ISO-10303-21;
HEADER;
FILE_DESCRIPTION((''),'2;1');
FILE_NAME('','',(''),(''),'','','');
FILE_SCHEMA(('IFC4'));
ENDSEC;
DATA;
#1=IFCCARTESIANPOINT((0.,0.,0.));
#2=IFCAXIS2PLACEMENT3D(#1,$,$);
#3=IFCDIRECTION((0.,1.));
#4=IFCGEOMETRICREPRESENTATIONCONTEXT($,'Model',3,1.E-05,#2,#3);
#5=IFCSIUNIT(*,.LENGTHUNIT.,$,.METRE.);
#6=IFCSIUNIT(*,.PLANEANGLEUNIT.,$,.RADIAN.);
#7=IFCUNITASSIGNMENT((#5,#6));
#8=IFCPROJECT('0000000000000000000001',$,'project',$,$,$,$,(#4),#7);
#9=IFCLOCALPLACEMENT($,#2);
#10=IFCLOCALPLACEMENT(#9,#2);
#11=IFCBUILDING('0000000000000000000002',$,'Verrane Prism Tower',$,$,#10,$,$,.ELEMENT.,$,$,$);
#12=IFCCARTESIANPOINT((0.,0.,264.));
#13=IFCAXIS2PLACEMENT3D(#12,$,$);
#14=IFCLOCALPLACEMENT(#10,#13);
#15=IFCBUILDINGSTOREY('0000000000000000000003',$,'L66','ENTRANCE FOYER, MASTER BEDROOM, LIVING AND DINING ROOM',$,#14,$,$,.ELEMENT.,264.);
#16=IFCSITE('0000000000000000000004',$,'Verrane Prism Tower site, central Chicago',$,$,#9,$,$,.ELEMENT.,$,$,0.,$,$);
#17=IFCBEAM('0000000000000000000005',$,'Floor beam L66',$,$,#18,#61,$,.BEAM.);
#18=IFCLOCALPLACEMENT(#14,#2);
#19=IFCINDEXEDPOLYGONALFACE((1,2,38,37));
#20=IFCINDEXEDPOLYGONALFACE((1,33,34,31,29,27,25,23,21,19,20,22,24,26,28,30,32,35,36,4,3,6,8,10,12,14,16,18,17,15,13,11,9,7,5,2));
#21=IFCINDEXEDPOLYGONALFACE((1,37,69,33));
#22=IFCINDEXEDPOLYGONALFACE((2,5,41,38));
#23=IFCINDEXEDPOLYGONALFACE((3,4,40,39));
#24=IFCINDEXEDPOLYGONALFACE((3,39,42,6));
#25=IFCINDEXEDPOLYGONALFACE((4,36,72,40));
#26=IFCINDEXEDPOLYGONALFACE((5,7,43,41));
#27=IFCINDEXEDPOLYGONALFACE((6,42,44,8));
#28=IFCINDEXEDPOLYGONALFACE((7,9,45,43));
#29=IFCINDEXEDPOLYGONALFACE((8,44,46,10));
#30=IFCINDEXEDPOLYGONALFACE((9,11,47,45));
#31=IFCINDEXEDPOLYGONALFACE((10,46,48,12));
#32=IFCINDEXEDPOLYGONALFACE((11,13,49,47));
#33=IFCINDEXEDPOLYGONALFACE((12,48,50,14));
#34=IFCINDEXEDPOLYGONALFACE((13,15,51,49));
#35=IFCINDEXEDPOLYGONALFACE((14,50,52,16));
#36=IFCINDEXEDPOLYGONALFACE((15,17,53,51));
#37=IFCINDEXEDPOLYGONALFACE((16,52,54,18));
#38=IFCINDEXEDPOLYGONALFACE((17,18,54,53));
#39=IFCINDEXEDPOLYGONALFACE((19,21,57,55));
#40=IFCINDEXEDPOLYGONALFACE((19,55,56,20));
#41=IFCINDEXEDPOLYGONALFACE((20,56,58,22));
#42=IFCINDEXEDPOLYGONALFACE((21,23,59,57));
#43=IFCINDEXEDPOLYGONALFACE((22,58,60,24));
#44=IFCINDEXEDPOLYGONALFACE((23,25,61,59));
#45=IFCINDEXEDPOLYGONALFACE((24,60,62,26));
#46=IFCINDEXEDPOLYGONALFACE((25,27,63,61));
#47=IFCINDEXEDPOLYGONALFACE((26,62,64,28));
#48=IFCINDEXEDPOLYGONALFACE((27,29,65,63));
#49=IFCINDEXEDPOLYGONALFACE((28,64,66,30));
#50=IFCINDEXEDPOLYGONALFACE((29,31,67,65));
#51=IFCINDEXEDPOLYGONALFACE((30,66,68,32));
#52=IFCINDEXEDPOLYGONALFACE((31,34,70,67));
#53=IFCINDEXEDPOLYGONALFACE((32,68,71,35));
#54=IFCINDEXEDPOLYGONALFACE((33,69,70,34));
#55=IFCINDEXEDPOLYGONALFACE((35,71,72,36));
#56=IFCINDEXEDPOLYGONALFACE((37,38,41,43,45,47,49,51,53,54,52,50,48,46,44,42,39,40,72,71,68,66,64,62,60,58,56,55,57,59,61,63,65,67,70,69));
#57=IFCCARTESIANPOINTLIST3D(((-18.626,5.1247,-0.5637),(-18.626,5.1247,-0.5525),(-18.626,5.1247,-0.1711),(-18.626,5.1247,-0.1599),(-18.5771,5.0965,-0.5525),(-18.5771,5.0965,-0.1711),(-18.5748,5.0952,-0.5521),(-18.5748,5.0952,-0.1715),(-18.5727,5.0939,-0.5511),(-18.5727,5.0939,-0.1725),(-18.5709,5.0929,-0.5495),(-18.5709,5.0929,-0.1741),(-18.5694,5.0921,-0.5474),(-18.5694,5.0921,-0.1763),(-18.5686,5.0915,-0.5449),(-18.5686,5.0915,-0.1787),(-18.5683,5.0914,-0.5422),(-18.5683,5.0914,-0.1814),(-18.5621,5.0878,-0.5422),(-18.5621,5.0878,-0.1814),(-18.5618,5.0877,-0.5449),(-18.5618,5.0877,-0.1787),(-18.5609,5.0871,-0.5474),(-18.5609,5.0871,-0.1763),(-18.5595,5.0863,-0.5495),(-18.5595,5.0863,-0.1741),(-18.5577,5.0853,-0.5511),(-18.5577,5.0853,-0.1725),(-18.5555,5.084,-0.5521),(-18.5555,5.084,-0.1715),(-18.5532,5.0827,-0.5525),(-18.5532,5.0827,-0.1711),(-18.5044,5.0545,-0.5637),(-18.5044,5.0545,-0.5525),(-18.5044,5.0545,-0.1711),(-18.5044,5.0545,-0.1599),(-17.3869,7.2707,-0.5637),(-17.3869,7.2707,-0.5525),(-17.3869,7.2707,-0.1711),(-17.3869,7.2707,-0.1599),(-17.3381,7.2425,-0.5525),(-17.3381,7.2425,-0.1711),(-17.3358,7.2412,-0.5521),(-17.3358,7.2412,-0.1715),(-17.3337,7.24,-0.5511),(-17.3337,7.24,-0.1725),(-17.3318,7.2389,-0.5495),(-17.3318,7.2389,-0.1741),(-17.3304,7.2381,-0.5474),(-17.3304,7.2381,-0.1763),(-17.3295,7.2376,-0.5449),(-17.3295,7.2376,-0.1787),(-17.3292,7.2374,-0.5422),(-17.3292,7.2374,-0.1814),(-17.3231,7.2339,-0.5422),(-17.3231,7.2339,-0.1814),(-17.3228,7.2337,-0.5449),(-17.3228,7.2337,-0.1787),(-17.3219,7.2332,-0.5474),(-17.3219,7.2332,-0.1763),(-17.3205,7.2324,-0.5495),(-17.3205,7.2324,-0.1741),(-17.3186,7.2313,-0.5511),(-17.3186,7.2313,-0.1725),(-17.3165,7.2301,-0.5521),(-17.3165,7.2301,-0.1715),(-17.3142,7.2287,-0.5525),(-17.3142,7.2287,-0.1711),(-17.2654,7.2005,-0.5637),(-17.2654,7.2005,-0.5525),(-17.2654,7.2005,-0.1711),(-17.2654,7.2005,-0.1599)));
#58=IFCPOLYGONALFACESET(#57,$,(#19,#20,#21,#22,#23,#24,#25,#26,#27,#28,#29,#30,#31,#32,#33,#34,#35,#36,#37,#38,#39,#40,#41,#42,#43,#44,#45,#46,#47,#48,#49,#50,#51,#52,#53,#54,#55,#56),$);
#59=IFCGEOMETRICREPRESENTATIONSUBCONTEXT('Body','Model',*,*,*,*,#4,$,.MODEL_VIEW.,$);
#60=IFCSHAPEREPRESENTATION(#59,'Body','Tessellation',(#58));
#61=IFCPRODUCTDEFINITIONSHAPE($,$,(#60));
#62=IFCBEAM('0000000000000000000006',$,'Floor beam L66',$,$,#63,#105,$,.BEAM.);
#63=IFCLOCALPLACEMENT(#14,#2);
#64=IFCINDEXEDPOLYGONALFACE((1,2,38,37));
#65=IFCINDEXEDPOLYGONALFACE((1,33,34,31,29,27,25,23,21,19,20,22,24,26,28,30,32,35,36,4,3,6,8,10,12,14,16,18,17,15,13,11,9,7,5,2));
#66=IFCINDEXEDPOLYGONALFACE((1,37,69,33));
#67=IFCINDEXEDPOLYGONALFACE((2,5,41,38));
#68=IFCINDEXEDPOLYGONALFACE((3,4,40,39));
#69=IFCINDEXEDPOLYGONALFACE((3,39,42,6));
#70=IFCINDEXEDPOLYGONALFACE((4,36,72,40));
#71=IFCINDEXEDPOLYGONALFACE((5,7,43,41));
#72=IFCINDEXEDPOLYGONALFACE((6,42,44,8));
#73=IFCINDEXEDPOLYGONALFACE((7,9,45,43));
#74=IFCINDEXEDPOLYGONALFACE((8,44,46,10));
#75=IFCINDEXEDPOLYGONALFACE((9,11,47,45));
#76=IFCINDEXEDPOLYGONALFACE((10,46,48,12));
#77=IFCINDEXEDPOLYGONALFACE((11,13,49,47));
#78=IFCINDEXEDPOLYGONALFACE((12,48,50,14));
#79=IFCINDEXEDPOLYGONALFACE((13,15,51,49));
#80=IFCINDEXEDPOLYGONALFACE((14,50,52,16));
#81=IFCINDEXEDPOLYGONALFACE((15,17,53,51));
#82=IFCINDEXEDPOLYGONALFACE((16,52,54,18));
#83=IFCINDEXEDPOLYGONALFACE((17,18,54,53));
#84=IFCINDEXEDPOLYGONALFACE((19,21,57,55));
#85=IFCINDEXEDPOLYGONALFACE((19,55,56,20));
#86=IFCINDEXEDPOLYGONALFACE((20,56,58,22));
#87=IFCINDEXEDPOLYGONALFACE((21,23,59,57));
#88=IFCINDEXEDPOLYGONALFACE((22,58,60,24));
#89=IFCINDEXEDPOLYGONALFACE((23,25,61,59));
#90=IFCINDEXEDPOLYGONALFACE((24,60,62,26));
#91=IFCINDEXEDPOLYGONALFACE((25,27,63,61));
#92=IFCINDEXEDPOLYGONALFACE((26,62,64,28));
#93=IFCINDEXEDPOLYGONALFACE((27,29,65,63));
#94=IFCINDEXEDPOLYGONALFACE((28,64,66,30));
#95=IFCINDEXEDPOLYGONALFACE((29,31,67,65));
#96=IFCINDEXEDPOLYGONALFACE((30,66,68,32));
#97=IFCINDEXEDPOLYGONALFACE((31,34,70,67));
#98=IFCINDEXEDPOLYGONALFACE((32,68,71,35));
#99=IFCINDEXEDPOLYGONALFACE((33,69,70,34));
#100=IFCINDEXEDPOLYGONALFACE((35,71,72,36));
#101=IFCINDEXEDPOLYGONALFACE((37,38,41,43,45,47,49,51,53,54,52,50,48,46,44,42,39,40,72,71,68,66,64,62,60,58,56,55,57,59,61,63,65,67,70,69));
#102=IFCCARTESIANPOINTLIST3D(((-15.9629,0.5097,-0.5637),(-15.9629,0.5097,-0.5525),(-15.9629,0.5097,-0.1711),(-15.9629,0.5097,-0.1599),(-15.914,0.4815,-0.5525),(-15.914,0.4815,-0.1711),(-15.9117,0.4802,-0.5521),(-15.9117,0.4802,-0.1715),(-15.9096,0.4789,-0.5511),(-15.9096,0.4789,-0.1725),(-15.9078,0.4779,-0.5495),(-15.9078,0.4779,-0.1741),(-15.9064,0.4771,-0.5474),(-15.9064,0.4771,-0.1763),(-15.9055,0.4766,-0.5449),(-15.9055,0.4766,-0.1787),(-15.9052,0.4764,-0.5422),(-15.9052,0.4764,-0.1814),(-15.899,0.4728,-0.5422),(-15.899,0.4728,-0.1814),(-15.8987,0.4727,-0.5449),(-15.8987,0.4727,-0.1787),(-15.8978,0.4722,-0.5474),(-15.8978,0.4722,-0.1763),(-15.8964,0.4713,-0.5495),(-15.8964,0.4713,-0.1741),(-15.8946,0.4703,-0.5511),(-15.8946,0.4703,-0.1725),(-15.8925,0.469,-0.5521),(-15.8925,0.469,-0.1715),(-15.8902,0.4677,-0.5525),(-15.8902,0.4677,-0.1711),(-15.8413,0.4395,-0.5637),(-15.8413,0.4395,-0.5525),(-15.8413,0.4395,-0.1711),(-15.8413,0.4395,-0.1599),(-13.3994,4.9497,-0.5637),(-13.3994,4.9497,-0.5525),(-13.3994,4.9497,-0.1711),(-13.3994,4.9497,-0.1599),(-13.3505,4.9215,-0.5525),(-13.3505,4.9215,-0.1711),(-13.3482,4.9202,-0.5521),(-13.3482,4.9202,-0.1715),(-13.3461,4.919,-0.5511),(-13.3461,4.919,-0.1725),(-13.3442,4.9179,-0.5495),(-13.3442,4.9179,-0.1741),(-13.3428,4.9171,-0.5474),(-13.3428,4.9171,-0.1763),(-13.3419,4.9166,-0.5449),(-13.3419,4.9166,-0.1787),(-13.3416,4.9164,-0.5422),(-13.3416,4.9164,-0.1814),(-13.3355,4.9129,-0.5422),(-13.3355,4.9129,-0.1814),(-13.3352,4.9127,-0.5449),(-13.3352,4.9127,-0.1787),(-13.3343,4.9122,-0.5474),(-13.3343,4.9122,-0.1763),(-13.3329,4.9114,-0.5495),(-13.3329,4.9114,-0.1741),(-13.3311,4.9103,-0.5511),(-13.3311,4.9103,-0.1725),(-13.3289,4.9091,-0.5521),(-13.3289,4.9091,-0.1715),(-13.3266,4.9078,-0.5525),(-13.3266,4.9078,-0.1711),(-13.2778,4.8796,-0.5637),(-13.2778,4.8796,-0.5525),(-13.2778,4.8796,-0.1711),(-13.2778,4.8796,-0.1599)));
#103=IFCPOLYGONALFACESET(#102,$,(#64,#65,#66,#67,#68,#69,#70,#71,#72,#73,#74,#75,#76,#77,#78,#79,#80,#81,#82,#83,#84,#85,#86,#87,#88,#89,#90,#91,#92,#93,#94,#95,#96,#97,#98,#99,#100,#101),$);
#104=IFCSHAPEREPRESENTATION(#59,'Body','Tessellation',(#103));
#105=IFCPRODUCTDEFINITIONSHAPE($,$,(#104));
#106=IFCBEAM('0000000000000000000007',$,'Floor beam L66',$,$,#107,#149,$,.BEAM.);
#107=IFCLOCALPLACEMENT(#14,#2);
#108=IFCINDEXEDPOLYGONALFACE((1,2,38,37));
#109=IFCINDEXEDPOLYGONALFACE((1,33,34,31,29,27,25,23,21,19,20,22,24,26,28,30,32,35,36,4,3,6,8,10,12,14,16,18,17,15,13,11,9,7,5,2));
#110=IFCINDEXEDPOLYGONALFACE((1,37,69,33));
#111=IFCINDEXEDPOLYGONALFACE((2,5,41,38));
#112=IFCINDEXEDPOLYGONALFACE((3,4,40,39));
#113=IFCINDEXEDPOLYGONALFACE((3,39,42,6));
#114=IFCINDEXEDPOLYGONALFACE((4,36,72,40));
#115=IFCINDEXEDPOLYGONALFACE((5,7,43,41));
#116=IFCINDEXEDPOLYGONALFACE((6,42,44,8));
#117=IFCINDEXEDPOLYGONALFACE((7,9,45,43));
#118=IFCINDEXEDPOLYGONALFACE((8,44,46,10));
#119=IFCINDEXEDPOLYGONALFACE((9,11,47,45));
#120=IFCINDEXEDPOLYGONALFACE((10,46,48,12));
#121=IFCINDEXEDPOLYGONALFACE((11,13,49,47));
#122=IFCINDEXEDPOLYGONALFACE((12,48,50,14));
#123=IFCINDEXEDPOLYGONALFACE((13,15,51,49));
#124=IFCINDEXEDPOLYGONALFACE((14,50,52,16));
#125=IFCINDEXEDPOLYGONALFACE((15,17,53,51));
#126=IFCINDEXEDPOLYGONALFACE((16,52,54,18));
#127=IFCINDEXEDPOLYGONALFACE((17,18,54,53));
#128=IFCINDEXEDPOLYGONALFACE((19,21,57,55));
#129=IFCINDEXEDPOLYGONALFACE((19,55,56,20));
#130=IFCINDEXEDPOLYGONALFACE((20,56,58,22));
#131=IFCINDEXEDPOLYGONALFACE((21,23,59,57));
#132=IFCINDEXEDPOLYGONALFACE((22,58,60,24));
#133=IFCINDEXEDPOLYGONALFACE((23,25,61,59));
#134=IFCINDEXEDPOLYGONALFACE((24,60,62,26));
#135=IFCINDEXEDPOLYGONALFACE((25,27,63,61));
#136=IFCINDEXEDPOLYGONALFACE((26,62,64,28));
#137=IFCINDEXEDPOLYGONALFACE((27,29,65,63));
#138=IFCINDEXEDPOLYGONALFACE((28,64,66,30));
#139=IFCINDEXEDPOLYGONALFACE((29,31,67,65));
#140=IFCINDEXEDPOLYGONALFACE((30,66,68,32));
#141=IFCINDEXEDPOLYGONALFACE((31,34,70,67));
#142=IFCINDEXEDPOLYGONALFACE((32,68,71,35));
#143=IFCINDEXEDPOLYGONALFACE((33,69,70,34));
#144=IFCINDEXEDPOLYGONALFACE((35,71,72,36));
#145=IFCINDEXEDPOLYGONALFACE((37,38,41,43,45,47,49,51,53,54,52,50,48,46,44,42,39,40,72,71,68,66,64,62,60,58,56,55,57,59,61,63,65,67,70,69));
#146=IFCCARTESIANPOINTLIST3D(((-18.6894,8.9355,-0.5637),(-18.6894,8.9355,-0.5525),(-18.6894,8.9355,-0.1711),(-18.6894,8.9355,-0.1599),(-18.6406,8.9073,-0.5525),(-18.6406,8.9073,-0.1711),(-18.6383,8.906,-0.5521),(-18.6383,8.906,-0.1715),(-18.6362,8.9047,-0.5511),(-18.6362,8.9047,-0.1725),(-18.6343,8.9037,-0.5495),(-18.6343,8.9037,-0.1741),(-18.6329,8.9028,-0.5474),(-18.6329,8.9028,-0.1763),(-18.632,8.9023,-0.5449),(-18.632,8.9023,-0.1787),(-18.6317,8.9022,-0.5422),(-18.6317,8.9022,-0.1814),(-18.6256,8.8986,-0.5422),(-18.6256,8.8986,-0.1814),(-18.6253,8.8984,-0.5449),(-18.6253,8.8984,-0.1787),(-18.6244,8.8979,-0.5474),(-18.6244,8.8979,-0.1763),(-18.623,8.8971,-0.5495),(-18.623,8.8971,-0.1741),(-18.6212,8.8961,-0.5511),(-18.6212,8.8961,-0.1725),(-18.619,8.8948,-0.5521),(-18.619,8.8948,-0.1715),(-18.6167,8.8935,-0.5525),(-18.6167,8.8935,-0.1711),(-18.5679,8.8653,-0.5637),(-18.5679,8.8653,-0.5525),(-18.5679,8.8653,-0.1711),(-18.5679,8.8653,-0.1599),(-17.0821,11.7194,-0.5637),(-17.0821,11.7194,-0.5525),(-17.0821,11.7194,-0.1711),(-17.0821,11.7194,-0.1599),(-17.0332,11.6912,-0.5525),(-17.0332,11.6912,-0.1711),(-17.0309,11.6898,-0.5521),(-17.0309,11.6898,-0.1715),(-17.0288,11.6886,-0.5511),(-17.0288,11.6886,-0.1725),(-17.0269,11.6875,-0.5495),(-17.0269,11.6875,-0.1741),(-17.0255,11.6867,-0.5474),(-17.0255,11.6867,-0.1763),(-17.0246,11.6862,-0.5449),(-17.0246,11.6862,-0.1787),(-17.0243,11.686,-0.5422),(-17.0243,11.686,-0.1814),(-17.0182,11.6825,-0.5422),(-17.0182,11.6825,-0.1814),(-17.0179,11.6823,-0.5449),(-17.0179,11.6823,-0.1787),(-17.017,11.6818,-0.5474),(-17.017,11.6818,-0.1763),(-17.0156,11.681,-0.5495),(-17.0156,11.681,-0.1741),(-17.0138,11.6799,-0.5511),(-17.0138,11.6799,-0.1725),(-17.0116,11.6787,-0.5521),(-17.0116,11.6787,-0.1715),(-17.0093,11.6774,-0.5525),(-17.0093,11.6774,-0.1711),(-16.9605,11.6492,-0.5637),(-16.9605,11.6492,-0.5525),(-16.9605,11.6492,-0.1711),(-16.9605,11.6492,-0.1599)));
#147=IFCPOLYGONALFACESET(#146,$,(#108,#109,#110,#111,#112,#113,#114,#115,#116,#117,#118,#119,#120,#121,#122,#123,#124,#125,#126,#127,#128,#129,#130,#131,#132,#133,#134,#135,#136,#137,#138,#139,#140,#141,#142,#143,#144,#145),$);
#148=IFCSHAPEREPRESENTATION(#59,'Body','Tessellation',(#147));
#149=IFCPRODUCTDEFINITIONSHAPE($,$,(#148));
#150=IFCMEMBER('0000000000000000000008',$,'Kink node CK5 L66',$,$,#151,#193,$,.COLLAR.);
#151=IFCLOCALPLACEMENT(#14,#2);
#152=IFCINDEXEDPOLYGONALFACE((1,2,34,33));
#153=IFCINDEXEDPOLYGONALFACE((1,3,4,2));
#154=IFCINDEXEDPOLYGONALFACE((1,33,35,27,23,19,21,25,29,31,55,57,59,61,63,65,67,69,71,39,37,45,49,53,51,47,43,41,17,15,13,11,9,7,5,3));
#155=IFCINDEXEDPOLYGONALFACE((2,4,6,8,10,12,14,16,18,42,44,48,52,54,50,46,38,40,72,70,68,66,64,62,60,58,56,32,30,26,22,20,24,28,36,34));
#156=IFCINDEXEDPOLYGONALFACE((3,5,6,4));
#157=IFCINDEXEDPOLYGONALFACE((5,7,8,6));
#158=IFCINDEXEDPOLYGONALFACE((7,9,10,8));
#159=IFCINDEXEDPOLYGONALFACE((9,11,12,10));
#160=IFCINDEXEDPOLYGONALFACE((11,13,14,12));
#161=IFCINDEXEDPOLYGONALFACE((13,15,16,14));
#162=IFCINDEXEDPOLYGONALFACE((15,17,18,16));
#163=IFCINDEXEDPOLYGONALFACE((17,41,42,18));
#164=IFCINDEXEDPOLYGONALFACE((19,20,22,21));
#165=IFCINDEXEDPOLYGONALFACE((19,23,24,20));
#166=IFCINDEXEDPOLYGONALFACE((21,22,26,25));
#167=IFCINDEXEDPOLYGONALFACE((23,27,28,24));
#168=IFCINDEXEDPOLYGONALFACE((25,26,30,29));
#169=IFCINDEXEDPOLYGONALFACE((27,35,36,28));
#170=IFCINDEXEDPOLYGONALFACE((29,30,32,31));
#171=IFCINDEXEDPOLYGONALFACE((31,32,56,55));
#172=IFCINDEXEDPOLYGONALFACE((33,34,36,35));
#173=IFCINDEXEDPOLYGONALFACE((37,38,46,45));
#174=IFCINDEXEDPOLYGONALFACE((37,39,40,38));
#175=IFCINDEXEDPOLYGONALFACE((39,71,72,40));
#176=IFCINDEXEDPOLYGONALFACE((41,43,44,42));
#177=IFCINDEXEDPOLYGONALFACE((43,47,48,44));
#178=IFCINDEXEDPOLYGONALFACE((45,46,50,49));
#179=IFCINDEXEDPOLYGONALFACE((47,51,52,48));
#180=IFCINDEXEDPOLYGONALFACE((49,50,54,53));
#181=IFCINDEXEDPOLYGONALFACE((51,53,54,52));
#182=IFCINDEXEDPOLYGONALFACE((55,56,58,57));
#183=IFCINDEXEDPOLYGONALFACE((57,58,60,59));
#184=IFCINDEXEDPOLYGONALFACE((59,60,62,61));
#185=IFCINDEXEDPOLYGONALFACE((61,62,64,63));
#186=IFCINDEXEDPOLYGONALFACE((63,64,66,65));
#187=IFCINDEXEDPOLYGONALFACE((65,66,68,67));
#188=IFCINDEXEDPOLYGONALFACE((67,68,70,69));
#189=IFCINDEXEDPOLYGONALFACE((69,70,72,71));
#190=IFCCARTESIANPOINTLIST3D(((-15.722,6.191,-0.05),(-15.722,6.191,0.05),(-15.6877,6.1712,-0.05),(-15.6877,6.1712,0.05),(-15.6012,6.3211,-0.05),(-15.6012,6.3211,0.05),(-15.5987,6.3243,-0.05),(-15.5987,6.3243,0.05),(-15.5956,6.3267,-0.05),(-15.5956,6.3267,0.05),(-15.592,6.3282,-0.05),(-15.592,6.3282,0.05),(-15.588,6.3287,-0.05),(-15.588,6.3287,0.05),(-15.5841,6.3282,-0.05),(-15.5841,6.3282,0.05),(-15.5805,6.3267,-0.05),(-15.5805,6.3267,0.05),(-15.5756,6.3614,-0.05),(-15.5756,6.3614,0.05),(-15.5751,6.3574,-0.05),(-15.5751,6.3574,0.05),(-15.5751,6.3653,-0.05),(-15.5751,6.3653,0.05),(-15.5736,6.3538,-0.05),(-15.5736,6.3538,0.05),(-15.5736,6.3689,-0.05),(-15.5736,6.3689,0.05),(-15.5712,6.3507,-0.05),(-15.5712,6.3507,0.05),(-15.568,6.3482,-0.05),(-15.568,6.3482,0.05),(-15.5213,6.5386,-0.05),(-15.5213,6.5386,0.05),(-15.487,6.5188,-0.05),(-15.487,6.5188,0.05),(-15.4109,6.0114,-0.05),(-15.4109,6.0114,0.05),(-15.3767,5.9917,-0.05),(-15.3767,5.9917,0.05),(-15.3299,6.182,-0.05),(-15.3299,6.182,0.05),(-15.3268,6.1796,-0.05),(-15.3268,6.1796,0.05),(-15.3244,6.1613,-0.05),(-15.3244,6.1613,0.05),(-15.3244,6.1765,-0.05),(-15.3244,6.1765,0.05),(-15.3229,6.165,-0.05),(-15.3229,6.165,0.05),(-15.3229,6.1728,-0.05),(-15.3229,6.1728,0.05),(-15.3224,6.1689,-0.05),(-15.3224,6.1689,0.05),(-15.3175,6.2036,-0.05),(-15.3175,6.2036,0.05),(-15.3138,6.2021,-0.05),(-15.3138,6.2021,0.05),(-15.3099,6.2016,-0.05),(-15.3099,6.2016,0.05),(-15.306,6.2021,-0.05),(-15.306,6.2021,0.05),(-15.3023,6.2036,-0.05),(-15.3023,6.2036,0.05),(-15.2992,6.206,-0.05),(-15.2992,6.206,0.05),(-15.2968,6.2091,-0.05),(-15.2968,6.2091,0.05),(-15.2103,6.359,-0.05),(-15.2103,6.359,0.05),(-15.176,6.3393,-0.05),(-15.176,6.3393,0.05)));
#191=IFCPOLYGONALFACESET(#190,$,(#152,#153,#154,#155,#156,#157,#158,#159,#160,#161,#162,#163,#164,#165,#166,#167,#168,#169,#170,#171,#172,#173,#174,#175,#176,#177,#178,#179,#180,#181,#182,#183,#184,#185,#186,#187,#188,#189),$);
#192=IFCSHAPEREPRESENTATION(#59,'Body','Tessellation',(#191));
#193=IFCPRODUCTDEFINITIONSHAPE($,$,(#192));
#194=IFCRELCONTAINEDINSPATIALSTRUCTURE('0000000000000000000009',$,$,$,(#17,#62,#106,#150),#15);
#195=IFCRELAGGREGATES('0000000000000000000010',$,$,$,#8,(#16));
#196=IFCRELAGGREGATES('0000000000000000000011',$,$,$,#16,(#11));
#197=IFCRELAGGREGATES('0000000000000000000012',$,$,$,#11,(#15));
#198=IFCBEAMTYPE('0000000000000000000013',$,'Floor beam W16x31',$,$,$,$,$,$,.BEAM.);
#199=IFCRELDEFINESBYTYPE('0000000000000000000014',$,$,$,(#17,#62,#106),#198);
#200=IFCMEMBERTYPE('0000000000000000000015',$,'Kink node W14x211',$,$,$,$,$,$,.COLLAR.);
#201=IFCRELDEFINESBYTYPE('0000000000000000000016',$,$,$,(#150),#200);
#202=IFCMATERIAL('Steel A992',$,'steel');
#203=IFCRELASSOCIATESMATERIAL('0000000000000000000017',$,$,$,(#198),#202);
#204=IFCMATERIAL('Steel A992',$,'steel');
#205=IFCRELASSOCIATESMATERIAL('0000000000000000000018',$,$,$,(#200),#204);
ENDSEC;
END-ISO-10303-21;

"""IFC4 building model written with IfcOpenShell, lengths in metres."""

from ifc_helpers import new_model, si_unit, direction, frame, origin, origin_2d, place, context, subcontext, project, spatial, i_section, extrude, material, material_profile, profile_set, type_object, element, save


model = new_model("IFC4")

# Units and contexts
model_context = context("Model", 3, precision=1e-05, world=origin(), true_north=direction((0.0, 1.0)))
body_context = subcontext(model_context, "Body", "Model", "MODEL_VIEW")
ifc_project = project(units=[si_unit("LENGTHUNIT", "METRE"), si_unit("PLANEANGLEUNIT", "RADIAN")], contexts=[model_context])

# Site, building, storey
site_placement = place(None, origin())
site = spatial("IfcSite", under=ifc_project, at=site_placement, Name="Verrane Prism Tower site, central Chicago", CompositionType="ELEMENT", RefElevation=0.0)
building_placement = place(site_placement, origin())
building = spatial("IfcBuilding", under=site, at=building_placement, Name="Verrane Prism Tower", CompositionType="ELEMENT")
storey_placement = place(building_placement, frame((0.0, 0.0, 264.0)))
storey = spatial("IfcBuildingStorey", under=building, at=storey_placement, Name="L66", Description="ENTRANCE FOYER, MASTER BEDROOM, LIVING AND DINING ROOM", CompositionType="ELEMENT", Elevation=264.0)

# Beams
ifc_material_1 = material(Name="Steel A992", Category="steel")
ifc_material_profile_1 = material_profile(ifc_material_1, i_section(OverallWidth=0.1404, OverallDepth=0.4038, WebThickness=0.0071, FlangeThickness=0.0112, FilletRadius=0.0103, at=origin_2d()), Name="W16x31")
ifc_profile_set_1 = profile_set([ifc_material_profile_1], Name="Steel A992")
beam_type_1 = type_object("IfcBeamType", Name="Floor beam W16x31", PredefinedType="BEAM", material=ifc_profile_set_1)
beam_1_placement = place(storey_placement, frame((-18.5652, 5.0896, -0.3618), z_axis=(0.500007, 0.866022, 0.0), x_axis=(-0.866022, 0.500007, 0.0)))
element("IfcBeam", 1, at=beam_1_placement, inside=storey, type_object=beam_type_1, Name="Floor beam L66", PredefinedType="BEAM", context=body_context, shape_type="SweptSolid", body=[
    extrude(i_section(OverallWidth=0.1404, OverallDepth=0.4038, WebThickness=0.0071, FlangeThickness=0.0112, FilletRadius=0.0103, at=origin_2d()), origin(), (0.0, 0.0, 1.0), 2.478),
])
beam_2_placement = place(storey_placement, frame((-15.9021, 0.4746, -0.3618), z_axis=(0.500011, 0.866019, 0.0), x_axis=(-0.866019, 0.500011, 0.0)))
element("IfcBeam", 2, at=beam_2_placement, inside=storey, type_object=beam_type_1, Name="Floor beam L66", PredefinedType="BEAM", context=body_context, shape_type="SweptSolid", body=[
    extrude(i_section(OverallWidth=0.1404, OverallDepth=0.4038, WebThickness=0.0071, FlangeThickness=0.0112, FilletRadius=0.0103, at=origin_2d()), origin(), (0.0, 0.0, 1.0), 5.127),
])
beam_3_placement = place(storey_placement, frame((-18.6287, 8.9004, -0.3618), z_axis=(0.500027, 0.86601, 0.0), x_axis=(-0.86601, 0.500027, 0.0)))
element("IfcBeam", 3, at=beam_3_placement, inside=storey, type_object=beam_type_1, Name="Floor beam L66", PredefinedType="BEAM", context=body_context, shape_type="SweptSolid", body=[
    extrude(i_section(OverallWidth=0.1404, OverallDepth=0.4038, WebThickness=0.0071, FlangeThickness=0.0112, FilletRadius=0.0103, at=origin_2d()), origin(), (0.0, 0.0, 1.0), 3.2146),
])

# Member
ifc_material_2 = material(Name="Steel A992", Category="steel")
ifc_material_profile_2 = material_profile(ifc_material_2, i_section(OverallWidth=0.4014, OverallDepth=0.3987, WebThickness=0.0249, FlangeThickness=0.0396, FilletRadius=0.0151, at=origin_2d()), Name="W14x211")
ifc_profile_set_2 = profile_set([ifc_material_profile_2], Name="Steel A992")
member_type_1 = type_object("IfcMemberType", Name="Kink node W14x211", PredefinedType="COLLAR", material=ifc_profile_set_2)
member_1_placement = place(storey_placement, frame((-15.449, 6.2651, -0.05), z_axis=(0.0, 0.0, 1.0), x_axis=(0.5, 0.866025, 0.0)))
element("IfcMember", 4, at=member_1_placement, inside=storey, type_object=member_type_1, Name="Kink node CK5 L66", PredefinedType="COLLAR", context=body_context, shape_type="SweptSolid", body=[
    extrude(i_section(OverallWidth=0.4014, OverallDepth=0.3987, WebThickness=0.0249, FlangeThickness=0.0396, FilletRadius=0.0151, at=origin_2d()), origin(), (0.0, 0.0, 1.0), 0.1001),
])

save(model, "model.ifc")
